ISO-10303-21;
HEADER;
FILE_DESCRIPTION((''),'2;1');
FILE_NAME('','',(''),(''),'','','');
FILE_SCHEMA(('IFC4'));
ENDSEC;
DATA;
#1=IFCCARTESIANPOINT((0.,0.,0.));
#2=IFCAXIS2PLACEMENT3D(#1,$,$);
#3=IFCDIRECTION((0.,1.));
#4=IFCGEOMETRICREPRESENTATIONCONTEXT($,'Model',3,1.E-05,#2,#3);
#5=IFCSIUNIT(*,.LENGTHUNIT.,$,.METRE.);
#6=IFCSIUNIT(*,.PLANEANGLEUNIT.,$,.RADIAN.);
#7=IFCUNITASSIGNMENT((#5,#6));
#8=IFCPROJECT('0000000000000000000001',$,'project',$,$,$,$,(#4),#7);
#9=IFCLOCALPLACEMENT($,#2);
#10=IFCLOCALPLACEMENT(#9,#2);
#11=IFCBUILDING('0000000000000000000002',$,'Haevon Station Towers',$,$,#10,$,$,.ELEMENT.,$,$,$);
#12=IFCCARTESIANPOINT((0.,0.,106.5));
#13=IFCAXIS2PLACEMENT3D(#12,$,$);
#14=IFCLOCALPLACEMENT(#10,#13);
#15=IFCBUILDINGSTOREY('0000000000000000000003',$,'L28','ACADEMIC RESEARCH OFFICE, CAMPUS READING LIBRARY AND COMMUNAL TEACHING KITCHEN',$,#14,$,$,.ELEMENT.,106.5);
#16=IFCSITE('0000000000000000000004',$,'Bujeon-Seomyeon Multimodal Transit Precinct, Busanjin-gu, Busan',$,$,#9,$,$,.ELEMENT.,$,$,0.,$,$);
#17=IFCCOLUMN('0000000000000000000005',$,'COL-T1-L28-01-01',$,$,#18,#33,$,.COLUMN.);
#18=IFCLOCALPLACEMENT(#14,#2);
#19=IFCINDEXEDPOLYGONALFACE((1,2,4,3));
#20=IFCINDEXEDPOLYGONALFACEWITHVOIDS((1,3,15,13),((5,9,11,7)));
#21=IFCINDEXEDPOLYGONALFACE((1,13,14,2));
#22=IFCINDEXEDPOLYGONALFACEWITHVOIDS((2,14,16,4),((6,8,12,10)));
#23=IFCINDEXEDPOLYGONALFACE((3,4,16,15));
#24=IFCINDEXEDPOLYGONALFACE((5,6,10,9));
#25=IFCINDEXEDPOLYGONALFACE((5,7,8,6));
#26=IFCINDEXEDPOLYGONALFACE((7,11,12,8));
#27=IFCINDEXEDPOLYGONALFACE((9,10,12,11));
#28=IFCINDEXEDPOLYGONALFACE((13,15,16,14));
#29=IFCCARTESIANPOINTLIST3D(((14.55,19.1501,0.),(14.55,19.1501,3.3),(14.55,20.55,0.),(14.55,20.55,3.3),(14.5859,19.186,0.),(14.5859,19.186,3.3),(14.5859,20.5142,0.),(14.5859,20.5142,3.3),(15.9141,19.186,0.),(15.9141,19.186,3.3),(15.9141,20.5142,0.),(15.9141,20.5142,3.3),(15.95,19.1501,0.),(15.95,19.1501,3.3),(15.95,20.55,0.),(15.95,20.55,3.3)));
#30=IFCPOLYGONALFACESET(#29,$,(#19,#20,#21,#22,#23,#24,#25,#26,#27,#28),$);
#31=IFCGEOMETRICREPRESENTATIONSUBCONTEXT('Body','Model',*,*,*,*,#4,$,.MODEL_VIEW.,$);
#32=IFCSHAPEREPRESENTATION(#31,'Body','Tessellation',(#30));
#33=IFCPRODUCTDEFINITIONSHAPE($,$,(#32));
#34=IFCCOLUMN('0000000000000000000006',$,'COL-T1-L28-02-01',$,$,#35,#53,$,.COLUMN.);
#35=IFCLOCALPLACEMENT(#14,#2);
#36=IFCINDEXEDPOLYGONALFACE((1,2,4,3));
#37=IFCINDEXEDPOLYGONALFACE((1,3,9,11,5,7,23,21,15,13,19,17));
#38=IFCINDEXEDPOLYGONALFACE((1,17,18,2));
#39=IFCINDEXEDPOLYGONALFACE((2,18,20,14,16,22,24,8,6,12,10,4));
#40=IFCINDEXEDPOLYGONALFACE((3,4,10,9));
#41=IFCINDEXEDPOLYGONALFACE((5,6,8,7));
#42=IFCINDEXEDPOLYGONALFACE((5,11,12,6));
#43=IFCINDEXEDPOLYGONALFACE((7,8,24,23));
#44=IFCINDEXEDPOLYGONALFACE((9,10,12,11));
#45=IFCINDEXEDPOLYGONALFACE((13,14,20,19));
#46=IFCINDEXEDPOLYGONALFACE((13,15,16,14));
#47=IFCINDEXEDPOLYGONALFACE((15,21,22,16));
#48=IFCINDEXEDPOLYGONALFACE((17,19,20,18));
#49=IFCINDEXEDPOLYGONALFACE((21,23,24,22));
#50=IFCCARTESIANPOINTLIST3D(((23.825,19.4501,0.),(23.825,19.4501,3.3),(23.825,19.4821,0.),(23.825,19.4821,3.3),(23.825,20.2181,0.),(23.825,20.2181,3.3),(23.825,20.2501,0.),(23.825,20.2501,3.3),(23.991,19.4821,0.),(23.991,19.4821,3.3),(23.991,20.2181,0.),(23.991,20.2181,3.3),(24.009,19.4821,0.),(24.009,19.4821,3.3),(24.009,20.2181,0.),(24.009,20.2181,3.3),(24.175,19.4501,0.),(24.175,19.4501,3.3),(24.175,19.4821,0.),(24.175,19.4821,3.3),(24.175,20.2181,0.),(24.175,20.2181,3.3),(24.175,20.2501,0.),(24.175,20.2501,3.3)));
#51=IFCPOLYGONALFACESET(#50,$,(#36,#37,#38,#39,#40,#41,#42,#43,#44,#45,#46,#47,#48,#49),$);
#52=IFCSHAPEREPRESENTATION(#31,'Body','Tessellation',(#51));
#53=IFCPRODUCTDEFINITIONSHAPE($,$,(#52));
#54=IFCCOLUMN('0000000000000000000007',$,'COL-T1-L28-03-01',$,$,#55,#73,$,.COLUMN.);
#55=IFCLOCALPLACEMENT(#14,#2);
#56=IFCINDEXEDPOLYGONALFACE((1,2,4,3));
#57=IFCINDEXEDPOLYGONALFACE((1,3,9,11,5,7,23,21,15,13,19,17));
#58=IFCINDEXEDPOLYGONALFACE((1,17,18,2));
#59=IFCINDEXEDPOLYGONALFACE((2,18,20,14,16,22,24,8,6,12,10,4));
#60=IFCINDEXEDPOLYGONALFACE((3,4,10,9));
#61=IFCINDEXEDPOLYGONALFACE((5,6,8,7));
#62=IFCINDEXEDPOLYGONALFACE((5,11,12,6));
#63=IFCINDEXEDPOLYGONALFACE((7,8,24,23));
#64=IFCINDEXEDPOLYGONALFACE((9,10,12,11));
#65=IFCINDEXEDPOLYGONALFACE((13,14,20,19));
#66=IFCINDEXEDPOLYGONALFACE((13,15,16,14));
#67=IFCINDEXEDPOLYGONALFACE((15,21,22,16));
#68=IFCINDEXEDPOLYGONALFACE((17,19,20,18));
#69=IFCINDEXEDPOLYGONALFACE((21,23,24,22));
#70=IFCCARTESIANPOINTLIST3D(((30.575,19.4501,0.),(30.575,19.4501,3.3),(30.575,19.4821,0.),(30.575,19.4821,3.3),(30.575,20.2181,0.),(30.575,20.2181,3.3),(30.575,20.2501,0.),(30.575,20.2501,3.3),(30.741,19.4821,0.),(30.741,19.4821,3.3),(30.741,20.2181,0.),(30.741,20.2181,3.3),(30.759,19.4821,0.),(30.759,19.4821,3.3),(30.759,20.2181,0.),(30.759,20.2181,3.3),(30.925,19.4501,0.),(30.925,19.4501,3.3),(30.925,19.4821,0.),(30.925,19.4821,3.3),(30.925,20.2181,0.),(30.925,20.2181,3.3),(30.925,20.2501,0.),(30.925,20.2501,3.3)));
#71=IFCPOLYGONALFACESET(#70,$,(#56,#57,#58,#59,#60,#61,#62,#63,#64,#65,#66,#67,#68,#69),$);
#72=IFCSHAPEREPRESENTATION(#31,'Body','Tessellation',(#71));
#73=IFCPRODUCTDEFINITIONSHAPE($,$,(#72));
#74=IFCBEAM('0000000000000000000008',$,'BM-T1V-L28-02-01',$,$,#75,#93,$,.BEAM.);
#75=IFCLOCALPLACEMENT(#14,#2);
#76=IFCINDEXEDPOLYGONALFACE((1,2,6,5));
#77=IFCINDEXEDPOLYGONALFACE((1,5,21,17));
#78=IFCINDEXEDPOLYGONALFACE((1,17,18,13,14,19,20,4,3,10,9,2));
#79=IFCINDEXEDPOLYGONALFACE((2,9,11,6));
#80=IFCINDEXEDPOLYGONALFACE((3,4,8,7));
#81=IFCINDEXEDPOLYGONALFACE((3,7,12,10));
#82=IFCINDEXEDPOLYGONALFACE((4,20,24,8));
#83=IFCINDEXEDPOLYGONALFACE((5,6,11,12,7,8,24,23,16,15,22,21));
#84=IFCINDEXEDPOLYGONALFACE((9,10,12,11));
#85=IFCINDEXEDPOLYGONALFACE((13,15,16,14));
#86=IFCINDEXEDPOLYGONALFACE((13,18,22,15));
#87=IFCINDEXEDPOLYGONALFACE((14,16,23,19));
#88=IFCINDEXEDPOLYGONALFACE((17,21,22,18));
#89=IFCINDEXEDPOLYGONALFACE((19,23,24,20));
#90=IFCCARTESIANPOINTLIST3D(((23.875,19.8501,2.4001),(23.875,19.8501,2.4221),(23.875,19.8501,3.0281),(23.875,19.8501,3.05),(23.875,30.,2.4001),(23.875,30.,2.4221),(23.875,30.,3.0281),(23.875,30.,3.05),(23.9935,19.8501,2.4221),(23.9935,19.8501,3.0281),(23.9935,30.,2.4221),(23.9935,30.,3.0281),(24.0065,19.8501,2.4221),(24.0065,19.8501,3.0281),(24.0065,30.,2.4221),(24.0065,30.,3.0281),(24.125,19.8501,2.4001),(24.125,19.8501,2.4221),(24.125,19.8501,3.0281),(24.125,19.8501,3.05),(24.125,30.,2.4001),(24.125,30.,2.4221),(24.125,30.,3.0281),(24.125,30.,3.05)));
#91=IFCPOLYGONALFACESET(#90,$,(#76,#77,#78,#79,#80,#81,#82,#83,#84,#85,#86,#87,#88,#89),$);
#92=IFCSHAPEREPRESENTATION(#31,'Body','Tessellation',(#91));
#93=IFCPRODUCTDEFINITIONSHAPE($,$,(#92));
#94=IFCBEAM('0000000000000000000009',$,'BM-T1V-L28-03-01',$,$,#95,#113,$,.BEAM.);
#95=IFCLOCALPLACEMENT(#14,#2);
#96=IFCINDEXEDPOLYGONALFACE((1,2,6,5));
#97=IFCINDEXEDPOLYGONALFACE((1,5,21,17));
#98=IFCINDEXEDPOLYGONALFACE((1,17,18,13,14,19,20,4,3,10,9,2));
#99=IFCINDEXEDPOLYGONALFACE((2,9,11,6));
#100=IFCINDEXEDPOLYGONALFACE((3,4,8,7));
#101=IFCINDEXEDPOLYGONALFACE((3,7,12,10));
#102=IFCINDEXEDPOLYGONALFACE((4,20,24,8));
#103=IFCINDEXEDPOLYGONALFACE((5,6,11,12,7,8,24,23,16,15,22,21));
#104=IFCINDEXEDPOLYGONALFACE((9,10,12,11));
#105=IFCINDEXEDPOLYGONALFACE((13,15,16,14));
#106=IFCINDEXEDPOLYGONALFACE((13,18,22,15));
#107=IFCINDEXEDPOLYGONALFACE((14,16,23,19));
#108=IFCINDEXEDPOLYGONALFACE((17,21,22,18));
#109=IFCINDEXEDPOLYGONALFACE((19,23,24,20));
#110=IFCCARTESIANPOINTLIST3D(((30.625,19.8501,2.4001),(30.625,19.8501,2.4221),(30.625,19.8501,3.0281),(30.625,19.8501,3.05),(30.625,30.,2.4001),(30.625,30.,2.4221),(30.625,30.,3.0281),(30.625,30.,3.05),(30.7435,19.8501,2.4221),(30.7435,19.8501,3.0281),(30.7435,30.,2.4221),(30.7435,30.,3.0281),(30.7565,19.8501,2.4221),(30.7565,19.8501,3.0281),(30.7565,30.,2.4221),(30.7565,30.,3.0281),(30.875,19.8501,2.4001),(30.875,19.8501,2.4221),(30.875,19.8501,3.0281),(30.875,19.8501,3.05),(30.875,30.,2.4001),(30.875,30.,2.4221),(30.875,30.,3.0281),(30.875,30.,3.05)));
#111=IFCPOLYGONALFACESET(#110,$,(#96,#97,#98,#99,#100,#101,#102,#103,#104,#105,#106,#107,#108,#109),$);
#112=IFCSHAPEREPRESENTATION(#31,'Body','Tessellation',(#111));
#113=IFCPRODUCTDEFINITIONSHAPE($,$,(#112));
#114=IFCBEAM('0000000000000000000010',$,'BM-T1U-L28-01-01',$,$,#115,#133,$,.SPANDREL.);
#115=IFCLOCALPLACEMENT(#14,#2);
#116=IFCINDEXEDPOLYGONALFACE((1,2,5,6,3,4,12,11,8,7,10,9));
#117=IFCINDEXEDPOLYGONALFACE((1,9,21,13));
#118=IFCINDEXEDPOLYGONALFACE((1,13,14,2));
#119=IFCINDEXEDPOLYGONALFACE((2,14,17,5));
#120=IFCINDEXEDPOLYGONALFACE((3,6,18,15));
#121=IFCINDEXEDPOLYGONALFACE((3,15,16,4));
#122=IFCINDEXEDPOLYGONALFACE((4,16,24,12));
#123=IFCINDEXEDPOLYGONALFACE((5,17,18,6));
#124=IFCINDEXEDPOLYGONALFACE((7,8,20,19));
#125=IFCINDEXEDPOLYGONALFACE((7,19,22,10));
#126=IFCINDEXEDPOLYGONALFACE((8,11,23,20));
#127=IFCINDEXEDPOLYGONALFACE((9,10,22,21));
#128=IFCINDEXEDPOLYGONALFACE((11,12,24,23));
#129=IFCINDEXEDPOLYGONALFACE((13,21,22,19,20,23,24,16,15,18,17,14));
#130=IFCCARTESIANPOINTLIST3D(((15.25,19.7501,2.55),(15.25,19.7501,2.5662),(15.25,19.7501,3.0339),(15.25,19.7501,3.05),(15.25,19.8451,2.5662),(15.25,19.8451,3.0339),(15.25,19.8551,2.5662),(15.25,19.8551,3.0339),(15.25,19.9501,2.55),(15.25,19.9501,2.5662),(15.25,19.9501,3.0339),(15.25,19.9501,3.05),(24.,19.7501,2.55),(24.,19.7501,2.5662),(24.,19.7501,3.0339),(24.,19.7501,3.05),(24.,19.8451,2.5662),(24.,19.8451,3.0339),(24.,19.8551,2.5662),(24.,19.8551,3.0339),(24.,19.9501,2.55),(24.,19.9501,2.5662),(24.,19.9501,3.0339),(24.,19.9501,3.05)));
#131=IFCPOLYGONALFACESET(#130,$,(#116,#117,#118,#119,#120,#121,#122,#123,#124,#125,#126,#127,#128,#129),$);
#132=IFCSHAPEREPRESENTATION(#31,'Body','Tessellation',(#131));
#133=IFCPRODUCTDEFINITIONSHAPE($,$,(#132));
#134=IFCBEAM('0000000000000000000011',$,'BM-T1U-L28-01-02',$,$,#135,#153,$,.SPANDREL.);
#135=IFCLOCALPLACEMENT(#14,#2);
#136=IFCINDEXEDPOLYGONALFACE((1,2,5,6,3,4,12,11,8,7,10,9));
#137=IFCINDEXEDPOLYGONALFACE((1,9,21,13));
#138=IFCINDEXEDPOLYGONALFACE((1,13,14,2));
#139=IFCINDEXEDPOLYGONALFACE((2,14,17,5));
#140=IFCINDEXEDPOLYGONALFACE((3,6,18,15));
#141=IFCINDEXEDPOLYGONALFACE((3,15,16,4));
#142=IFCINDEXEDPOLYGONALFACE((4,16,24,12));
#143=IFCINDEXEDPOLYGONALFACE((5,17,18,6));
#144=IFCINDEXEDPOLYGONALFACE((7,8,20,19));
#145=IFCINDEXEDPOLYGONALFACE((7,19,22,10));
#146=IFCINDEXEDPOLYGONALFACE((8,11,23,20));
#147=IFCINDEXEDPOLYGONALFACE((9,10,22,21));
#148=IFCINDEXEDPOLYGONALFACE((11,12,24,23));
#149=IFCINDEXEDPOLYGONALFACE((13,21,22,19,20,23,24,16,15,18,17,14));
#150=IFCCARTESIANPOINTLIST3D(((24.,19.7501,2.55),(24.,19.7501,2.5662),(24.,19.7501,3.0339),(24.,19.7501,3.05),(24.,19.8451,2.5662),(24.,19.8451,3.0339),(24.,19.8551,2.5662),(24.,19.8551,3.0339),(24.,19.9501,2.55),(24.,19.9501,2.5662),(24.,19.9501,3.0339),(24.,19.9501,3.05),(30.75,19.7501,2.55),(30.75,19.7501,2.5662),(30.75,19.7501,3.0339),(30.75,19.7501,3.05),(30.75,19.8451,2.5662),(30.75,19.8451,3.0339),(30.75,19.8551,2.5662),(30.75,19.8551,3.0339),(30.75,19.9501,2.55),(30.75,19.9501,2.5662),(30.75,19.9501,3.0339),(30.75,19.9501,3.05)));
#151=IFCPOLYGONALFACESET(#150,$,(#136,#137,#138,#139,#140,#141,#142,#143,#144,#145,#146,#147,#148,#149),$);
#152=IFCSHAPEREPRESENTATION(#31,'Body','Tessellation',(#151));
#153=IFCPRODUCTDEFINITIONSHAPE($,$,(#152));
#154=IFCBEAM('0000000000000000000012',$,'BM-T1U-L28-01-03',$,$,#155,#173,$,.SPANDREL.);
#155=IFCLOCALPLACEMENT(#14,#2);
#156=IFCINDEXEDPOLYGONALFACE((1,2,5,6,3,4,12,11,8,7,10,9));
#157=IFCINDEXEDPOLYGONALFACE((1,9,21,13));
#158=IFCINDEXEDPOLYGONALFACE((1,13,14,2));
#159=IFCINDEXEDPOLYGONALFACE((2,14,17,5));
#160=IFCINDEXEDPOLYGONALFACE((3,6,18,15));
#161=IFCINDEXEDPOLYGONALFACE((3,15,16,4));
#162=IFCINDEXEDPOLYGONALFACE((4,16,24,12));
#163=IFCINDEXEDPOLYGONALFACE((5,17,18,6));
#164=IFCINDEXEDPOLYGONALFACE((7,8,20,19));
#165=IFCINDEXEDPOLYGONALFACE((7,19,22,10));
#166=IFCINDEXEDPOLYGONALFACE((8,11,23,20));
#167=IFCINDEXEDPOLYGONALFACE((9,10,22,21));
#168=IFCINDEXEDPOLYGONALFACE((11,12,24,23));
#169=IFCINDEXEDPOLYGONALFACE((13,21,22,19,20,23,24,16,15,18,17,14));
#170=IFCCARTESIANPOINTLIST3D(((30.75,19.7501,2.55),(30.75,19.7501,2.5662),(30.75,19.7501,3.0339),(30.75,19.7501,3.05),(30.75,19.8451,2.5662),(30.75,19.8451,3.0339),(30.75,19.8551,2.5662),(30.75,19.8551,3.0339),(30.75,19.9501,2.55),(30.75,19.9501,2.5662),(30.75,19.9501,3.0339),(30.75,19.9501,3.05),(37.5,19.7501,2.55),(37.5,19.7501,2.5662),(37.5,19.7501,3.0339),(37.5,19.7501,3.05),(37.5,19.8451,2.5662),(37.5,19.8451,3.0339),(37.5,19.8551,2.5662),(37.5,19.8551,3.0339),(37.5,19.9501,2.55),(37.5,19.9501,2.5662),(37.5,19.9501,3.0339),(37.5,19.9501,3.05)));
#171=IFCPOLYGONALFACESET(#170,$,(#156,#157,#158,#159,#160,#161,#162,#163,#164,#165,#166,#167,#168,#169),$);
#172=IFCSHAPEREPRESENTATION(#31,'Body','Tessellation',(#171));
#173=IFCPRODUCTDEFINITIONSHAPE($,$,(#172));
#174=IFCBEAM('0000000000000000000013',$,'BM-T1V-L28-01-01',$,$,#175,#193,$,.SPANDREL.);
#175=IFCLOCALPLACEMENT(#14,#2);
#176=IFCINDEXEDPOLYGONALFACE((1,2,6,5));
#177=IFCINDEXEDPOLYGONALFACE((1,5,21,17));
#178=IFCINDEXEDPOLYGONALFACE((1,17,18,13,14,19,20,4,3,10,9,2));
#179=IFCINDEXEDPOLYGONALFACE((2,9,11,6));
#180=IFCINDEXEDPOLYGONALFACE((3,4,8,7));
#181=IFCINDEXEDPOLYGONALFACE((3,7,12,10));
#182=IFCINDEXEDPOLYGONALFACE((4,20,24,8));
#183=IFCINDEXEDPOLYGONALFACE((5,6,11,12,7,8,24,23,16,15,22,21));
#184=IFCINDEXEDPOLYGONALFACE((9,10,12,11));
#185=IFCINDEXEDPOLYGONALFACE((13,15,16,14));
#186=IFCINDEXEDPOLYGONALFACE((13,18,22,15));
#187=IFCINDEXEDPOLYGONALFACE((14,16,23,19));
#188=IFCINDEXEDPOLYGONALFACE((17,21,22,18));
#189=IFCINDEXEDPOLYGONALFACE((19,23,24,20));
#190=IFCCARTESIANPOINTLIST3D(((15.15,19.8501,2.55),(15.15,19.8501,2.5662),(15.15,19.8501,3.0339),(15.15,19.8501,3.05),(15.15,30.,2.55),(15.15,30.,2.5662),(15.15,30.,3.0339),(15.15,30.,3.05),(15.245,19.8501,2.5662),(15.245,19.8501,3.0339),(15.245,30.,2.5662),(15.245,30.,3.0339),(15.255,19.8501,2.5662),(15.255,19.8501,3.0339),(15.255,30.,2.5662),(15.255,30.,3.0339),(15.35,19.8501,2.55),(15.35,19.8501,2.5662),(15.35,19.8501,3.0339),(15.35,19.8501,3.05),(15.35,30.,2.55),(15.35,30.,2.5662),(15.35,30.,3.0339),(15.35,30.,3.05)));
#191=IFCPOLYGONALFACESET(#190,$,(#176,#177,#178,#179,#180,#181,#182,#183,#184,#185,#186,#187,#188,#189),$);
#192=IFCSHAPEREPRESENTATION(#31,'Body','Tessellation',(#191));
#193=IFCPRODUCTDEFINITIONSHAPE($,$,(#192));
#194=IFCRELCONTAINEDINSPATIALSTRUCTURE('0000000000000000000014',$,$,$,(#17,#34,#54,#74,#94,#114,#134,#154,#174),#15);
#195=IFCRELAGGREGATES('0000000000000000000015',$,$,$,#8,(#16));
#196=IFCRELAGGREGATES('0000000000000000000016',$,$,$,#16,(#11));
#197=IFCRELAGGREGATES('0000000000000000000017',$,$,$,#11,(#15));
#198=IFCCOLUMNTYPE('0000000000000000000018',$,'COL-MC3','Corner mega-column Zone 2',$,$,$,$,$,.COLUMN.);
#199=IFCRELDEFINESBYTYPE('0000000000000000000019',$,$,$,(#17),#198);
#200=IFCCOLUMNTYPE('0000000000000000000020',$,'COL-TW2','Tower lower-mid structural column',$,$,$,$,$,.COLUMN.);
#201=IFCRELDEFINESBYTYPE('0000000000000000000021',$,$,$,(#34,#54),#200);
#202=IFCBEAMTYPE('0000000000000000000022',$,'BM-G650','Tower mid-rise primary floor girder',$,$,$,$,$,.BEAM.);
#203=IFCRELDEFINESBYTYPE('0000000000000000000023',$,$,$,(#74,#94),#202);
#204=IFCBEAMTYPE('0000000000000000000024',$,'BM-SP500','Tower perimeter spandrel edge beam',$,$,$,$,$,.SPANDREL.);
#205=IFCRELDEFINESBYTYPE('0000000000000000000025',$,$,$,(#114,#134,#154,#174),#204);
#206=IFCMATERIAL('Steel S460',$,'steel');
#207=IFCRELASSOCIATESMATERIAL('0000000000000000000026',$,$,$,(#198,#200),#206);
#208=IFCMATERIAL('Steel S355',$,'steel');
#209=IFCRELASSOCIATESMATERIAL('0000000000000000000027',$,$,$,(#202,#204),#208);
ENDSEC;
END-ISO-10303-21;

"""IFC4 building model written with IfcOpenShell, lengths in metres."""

from ifc_helpers import new_model, si_unit, direction, frame, origin, origin_2d, place, context, subcontext, project, spatial, hollow_rectangle, i_section, extrude, material, material_profile, profile_set, type_object, element, save


model = new_model("IFC4")

# Units and contexts
model_context = context("Model", 3, precision=1e-05, world=origin(), true_north=direction((0.0, 1.0)))
body_context = subcontext(model_context, "Body", "Model", "MODEL_VIEW")
ifc_project = project(units=[si_unit("LENGTHUNIT", "METRE"), si_unit("PLANEANGLEUNIT", "RADIAN")], contexts=[model_context])

# Site, building, storey
site_placement = place(None, origin())
site = spatial("IfcSite", under=ifc_project, at=site_placement, Name="Bujeon-Seomyeon Multimodal Transit Precinct, Busanjin-gu, Busan", CompositionType="ELEMENT", RefElevation=0.0)
building_placement = place(site_placement, origin())
building = spatial("IfcBuilding", under=site, at=building_placement, Name="Haevon Station Towers", CompositionType="ELEMENT")
storey_placement = place(building_placement, frame((0.0, 0.0, 106.5)))
storey = spatial("IfcBuildingStorey", under=building, at=storey_placement, Name="L28", Description="ACADEMIC RESEARCH OFFICE, CAMPUS READING LIBRARY AND COMMUNAL TEACHING KITCHEN", CompositionType="ELEMENT", Elevation=106.5)

# Columns
ifc_material_1 = material(Name="Steel S460", Category="steel")
ifc_material_profile_1 = material_profile(ifc_material_1, hollow_rectangle(XDim=1.3999, YDim=1.3999, WallThickness=0.0359, at=origin_2d()), Name="BOX-1400x1400x36")
ifc_profile_set_1 = profile_set([ifc_material_profile_1], Name="Steel S460")
column_type_1 = type_object("IfcColumnType", Name="COL-MC3", Description="Corner mega-column Zone 2", PredefinedType="COLUMN", material=ifc_profile_set_1)
column_placement = place(storey_placement, frame((15.25, 19.8501, 0.0), z_axis=(0.0, 0.0, 1.0), x_axis=(1.0, 0.0, 0.0)))
element("IfcColumn", 1, at=column_placement, inside=storey, type_object=column_type_1, Name="COL-T1-L28-01-01", PredefinedType="COLUMN", context=body_context, shape_type="SweptSolid", body=[
    extrude(hollow_rectangle(XDim=1.3999, YDim=1.3999, WallThickness=0.0359, at=origin_2d()), origin(), (0.0, 0.0, 1.0), 3.3),
])
ifc_material_profile_2 = material_profile(ifc_material_1, i_section(OverallWidth=0.3501, OverallDepth=0.8, WebThickness=0.0181, FlangeThickness=0.032, at=origin_2d()), Name="H-800x350x18x32")
ifc_profile_set_2 = profile_set([ifc_material_profile_2], Name="Steel S460")
column_type_2 = type_object("IfcColumnType", Name="COL-TW2", Description="Tower lower-mid structural column", PredefinedType="COLUMN", material=ifc_profile_set_2)
for number, where, z_axis, x_axis, name in (
    (2, (24.0, 19.8501, 0.0), (0.0, 0.0, 1.0), (1.0, 0.0, 0.0), "COL-T1-L28-02-01"),
    (3, (30.75, 19.8501, 0.0), (0.0, 0.0, 1.0), (1.0, 0.0, 0.0), "COL-T1-L28-03-01"),
):
    element("IfcColumn", number, at=place(storey_placement, frame(where, z_axis=z_axis, x_axis=x_axis)), inside=storey, type_object=column_type_2, Name=name, PredefinedType="COLUMN", context=body_context, shape_type="SweptSolid", body=[
        extrude(i_section(OverallWidth=0.3501, OverallDepth=0.8, WebThickness=0.0181, FlangeThickness=0.032, at=origin_2d()), origin(), (0.0, 0.0, 1.0), 3.3),
    ])

# Beams
ifc_material_2 = material(Name="Steel S355", Category="steel")
ifc_material_profile_3 = material_profile(ifc_material_2, i_section(OverallWidth=0.25, OverallDepth=0.6499, WebThickness=0.0129, FlangeThickness=0.022, at=origin_2d()), Name="H-650x250x13x22")
ifc_profile_set_3 = profile_set([ifc_material_profile_3], Name="Steel S355")
beam_type_1 = type_object("IfcBeamType", Name="BM-G650", Description="Tower mid-rise primary floor girder", PredefinedType="BEAM", material=ifc_profile_set_3)
for number, where, z_axis, x_axis, name in (
    (4, (24.0, 19.8501, 2.7251), (0.0, 1.0, 0.0), (-1.0, 0.0, 0.0), "BM-T1V-L28-02-01"),
    (5, (30.75, 19.8501, 2.7251), (0.0, 1.0, 0.0), (-1.0, 0.0, 0.0), "BM-T1V-L28-03-01"),
):
    element("IfcBeam", number, at=place(storey_placement, frame(where, z_axis=z_axis, x_axis=x_axis)), inside=storey, type_object=beam_type_1, Name=name, PredefinedType="BEAM", context=body_context, shape_type="SweptSolid", body=[
        extrude(i_section(OverallWidth=0.25, OverallDepth=0.6499, WebThickness=0.0129, FlangeThickness=0.022, at=origin_2d()), origin(), (0.0, 0.0, 1.0), 10.1499),
    ])
ifc_material_profile_4 = material_profile(ifc_material_2, i_section(OverallWidth=0.2, OverallDepth=0.5, WebThickness=0.01, FlangeThickness=0.0161, at=origin_2d()), Name="H-500x200x10x16")
ifc_profile_set_4 = profile_set([ifc_material_profile_4], Name="Steel S355")
beam_type_2 = type_object("IfcBeamType", Name="BM-SP500", Description="Tower perimeter spandrel edge beam", PredefinedType="SPANDREL", material=ifc_profile_set_4)
beam_1_placement = place(storey_placement, frame((15.25, 19.8501, 2.8), z_axis=(1.0, 0.0, 0.0), x_axis=(0.0, 1.0, 0.0)))
element("IfcBeam", 6, at=beam_1_placement, inside=storey, type_object=beam_type_2, Name="BM-T1U-L28-01-01", PredefinedType="SPANDREL", context=body_context, shape_type="SweptSolid", body=[
    extrude(i_section(OverallWidth=0.2, OverallDepth=0.5, WebThickness=0.01, FlangeThickness=0.0161, at=origin_2d()), origin(), (0.0, 0.0, 1.0), 8.75),
])
for number, where, z_axis, x_axis, name in (
    (7, (24.0, 19.8501, 2.8), (1.0, 0.0, 0.0), (0.0, 1.0, 0.0), "BM-T1U-L28-01-02"),
    (8, (30.75, 19.8501, 2.8), (1.0, 0.0, 0.0), (0.0, 1.0, 0.0), "BM-T1U-L28-01-03"),
):
    element("IfcBeam", number, at=place(storey_placement, frame(where, z_axis=z_axis, x_axis=x_axis)), inside=storey, type_object=beam_type_2, Name=name, PredefinedType="SPANDREL", context=body_context, shape_type="SweptSolid", body=[
        extrude(i_section(OverallWidth=0.2, OverallDepth=0.5, WebThickness=0.01, FlangeThickness=0.0161, at=origin_2d()), origin(), (0.0, 0.0, 1.0), 6.75),
    ])
beam_2_placement = place(storey_placement, frame((15.25, 19.8501, 2.8), z_axis=(0.0, 1.0, 0.0), x_axis=(-1.0, 0.0, 0.0)))
element("IfcBeam", 9, at=beam_2_placement, inside=storey, type_object=beam_type_2, Name="BM-T1V-L28-01-01", PredefinedType="SPANDREL", context=body_context, shape_type="SweptSolid", body=[
    extrude(i_section(OverallWidth=0.2, OverallDepth=0.5, WebThickness=0.01, FlangeThickness=0.0161, at=origin_2d()), origin(), (0.0, 0.0, 1.0), 10.1499),
])

save(model, "model.ifc")
